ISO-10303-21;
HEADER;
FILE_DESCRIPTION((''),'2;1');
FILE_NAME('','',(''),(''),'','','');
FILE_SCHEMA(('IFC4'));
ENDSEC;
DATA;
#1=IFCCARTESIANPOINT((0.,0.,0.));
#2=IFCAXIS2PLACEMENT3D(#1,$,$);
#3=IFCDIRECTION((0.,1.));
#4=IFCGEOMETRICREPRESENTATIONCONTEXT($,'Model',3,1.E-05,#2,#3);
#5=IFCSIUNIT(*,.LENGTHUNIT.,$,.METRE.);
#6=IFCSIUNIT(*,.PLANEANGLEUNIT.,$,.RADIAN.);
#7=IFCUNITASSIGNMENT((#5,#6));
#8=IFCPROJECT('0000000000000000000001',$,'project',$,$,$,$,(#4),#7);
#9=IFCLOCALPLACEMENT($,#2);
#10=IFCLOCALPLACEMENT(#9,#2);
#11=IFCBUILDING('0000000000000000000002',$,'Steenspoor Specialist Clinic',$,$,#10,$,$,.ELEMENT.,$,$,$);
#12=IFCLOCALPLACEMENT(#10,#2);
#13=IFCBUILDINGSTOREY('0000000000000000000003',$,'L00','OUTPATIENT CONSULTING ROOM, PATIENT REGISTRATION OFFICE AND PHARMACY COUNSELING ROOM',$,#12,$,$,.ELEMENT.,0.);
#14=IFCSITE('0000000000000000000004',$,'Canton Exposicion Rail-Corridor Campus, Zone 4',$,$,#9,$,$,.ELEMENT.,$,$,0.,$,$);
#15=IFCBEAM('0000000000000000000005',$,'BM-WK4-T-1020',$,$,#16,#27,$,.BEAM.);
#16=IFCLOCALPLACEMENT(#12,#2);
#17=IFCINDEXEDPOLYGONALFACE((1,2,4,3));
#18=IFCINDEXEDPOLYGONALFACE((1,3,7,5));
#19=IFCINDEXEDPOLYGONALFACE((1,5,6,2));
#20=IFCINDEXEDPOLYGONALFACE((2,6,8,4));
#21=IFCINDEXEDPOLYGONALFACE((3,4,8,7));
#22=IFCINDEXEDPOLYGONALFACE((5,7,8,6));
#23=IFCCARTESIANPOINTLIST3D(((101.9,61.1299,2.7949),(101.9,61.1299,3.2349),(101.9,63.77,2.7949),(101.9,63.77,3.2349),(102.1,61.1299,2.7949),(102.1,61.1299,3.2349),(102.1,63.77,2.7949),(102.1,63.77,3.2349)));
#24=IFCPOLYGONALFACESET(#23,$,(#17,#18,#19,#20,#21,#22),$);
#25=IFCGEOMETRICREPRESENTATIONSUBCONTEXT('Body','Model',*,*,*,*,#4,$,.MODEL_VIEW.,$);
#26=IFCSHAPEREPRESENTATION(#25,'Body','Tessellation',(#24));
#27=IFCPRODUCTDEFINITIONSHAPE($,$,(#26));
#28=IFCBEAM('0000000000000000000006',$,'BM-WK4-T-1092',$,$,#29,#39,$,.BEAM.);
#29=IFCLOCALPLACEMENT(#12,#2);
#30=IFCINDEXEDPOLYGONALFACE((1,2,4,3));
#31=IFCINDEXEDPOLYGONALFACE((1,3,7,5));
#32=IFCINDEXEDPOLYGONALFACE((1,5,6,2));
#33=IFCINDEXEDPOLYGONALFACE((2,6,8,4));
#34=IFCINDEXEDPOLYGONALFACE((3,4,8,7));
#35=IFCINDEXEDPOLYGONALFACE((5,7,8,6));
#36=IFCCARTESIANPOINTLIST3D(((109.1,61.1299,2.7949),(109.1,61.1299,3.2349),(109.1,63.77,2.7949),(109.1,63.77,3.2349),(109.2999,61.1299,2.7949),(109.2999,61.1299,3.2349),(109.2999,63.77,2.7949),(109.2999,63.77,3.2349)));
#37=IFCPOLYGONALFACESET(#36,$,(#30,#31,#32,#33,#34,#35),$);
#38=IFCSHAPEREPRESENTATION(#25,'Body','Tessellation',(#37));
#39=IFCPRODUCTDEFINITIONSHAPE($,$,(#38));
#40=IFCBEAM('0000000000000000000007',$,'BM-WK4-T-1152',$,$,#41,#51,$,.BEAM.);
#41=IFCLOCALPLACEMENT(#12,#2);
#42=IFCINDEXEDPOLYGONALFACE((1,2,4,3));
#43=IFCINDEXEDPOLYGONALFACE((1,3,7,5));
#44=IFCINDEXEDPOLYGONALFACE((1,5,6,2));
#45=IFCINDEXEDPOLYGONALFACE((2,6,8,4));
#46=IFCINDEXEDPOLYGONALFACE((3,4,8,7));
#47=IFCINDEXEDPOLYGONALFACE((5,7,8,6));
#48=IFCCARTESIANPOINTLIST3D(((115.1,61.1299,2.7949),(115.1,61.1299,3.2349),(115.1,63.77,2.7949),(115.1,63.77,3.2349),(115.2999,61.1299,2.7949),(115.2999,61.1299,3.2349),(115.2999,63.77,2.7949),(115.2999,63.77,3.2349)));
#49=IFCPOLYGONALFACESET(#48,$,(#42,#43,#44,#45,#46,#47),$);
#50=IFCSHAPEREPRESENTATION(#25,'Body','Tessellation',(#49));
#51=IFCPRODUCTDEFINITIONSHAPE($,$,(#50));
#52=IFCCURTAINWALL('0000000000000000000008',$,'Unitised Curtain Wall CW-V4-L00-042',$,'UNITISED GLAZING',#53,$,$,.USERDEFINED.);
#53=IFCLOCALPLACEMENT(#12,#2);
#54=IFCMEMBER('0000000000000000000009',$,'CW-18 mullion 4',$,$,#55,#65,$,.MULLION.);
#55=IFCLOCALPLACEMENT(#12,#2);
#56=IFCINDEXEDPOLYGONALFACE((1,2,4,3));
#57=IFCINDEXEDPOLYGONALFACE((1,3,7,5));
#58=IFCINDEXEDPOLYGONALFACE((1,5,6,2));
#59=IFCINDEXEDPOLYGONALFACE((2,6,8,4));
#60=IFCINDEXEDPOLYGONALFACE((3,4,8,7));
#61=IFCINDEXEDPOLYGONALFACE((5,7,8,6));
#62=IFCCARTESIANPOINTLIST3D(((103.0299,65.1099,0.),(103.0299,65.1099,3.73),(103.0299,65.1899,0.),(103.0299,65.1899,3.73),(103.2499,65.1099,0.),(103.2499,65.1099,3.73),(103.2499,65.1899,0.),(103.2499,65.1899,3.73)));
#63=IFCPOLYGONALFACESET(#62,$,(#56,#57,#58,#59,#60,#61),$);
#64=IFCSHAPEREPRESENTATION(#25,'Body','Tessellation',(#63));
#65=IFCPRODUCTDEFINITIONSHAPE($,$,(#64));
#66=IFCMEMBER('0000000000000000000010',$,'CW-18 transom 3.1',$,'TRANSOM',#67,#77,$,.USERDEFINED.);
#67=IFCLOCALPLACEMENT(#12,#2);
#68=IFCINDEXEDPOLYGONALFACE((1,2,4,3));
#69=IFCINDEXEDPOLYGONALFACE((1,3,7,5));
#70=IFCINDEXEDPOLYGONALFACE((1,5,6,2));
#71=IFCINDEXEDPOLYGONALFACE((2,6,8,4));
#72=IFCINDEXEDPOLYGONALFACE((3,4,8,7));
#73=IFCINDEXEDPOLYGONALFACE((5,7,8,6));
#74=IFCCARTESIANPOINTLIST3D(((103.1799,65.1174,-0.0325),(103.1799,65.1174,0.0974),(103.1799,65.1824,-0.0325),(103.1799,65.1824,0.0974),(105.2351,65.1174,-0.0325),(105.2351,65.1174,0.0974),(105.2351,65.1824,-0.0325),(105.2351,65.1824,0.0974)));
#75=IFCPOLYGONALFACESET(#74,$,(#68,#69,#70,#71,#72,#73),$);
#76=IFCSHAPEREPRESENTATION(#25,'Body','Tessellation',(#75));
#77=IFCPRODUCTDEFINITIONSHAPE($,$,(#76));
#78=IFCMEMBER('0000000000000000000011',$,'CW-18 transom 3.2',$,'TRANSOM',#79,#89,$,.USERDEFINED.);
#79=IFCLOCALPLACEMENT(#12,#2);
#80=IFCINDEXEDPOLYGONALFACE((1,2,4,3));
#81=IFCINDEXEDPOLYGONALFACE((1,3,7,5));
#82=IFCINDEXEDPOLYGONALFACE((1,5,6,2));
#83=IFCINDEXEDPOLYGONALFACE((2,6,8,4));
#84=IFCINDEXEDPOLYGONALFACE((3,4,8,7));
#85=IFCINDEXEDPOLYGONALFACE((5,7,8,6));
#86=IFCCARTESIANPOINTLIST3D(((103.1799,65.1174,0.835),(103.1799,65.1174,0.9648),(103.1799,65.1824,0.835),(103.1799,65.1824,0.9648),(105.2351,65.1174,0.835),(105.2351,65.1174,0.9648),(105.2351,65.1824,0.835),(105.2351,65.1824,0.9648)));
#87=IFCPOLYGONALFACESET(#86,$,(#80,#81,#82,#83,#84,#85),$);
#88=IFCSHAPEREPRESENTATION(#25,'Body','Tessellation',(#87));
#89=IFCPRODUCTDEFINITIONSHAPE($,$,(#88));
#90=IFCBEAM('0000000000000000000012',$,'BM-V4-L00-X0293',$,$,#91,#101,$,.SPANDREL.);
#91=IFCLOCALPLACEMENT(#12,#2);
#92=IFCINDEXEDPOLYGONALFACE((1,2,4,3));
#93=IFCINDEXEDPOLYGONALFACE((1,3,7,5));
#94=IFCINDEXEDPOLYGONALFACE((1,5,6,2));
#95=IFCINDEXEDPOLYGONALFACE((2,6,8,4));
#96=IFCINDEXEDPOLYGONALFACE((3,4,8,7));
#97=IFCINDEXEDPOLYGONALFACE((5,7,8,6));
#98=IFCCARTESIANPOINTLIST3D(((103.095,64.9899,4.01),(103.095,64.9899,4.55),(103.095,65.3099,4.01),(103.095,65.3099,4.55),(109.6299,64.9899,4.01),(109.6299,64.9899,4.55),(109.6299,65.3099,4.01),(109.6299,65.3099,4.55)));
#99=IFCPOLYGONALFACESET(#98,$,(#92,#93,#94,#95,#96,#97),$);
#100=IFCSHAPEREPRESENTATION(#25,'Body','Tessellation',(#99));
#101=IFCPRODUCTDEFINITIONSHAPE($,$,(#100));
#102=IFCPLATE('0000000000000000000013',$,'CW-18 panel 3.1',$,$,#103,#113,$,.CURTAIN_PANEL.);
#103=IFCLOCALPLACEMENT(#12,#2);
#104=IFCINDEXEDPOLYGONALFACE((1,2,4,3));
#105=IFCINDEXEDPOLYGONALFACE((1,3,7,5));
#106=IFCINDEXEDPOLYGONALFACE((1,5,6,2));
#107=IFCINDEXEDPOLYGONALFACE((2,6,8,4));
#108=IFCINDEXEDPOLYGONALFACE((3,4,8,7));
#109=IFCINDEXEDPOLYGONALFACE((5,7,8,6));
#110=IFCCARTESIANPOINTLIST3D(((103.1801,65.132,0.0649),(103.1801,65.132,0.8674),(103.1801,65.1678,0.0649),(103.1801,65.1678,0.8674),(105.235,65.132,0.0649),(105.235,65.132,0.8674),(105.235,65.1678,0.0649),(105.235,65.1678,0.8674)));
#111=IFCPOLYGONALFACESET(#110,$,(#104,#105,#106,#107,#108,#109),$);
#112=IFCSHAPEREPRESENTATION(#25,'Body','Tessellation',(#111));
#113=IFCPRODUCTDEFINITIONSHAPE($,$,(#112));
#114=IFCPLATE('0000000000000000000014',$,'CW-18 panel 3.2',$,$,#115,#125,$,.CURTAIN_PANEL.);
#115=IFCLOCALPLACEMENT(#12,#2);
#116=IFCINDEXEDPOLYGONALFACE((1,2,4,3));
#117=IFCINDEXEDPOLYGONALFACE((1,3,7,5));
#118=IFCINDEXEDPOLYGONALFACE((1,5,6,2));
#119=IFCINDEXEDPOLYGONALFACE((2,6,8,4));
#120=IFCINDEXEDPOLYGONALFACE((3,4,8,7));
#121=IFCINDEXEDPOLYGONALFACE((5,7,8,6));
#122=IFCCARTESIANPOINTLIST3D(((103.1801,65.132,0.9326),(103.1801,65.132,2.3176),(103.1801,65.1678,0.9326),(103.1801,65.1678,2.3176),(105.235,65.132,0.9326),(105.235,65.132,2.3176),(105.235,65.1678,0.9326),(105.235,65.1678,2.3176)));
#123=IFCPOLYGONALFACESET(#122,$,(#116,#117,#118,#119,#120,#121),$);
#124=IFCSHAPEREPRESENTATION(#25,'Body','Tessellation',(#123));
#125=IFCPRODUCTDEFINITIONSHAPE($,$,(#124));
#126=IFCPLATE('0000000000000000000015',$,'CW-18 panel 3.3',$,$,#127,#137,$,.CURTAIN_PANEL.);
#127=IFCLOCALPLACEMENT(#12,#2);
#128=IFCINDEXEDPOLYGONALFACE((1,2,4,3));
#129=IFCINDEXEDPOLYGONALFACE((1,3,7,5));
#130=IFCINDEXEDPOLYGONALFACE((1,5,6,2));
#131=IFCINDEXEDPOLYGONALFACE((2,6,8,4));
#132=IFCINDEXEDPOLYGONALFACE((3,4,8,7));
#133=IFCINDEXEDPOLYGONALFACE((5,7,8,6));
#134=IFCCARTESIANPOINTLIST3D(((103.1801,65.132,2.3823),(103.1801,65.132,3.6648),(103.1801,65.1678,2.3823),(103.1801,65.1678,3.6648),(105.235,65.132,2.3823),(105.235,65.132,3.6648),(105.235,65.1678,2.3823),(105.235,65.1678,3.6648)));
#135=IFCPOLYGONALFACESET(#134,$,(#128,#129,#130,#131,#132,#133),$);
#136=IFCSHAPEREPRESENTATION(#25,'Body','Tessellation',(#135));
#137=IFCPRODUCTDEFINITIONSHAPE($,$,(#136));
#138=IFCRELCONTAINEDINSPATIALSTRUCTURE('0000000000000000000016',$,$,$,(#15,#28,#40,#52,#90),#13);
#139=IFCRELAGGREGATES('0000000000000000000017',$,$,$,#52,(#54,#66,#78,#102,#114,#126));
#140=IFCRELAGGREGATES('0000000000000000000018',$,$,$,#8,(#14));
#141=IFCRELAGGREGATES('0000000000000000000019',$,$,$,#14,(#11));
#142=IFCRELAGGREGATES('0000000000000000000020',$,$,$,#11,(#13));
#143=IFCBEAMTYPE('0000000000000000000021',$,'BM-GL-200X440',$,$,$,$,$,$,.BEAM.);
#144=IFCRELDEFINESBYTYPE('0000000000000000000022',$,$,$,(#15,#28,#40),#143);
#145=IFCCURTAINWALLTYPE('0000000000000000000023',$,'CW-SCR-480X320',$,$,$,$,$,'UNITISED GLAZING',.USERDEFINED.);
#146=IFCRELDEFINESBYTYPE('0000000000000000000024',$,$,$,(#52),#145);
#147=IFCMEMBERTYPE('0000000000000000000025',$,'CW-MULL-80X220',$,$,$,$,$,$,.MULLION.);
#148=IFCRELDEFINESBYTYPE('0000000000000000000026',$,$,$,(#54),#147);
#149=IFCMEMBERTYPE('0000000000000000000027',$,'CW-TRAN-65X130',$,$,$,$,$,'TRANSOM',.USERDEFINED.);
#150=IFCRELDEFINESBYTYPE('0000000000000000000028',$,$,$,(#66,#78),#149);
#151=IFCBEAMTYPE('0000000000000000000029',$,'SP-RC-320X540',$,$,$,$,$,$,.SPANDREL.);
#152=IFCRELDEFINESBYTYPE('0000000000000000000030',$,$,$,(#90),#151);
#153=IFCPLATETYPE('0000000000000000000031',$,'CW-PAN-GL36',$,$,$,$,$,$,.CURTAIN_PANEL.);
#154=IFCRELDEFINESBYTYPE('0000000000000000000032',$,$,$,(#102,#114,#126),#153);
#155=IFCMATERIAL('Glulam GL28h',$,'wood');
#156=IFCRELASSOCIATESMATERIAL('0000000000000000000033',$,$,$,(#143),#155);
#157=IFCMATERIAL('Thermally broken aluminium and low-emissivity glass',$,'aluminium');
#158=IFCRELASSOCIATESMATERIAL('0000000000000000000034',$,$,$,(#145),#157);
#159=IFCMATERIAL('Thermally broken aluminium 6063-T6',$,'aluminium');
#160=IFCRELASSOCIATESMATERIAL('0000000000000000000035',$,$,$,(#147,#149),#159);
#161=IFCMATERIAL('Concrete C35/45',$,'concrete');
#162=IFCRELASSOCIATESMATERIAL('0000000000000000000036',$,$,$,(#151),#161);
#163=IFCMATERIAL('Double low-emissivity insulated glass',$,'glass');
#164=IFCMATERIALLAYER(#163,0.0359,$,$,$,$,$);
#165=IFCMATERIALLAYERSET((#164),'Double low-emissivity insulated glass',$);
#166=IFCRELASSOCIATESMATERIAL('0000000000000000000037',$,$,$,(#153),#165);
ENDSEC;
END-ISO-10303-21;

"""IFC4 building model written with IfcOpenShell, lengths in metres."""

from ifc_helpers import new_model, si_unit, direction, frame, origin, origin_2d, place, context, subcontext, project, spatial, rectangle, extrude, material, layer, layer_set, material_profile, profile_set, type_object, element, aggregate, save


model = new_model("IFC4")

# Units and contexts
model_context = context("Model", 3, precision=1e-05, world=origin(), true_north=direction((0.0, 1.0)))
body_context = subcontext(model_context, "Body", "Model", "MODEL_VIEW")
ifc_project = project(units=[si_unit("LENGTHUNIT", "METRE"), si_unit("PLANEANGLEUNIT", "RADIAN")], contexts=[model_context])

# Site, building, storey
site_placement = place(None, origin())
site = spatial("IfcSite", under=ifc_project, at=site_placement, Name="Canton Exposicion Rail-Corridor Campus, Zone 4", CompositionType="ELEMENT", RefElevation=0.0)
building_placement = place(site_placement, origin())
building = spatial("IfcBuilding", under=site, at=building_placement, Name="Steenspoor Specialist Clinic", CompositionType="ELEMENT")
storey_placement = place(building_placement, origin())
storey = spatial("IfcBuildingStorey", under=building, at=storey_placement, Name="L00", Description="OUTPATIENT CONSULTING ROOM, PATIENT REGISTRATION OFFICE AND PHARMACY COUNSELING ROOM", CompositionType="ELEMENT", Elevation=0.0)

# Shared definitions
ifc_material_1 = material(Name="Concrete C35/45", Category="concrete")

# Shared definitions
ifc_material_2 = material(Name="Glulam GL28h", Category="wood")

# Beams
ifc_material_profile_1 = material_profile(ifc_material_2, rectangle(XDim=0.2, YDim=0.4399, at=origin_2d()), Name="GL28H-200X440")
ifc_profile_set_1 = profile_set([ifc_material_profile_1], Name="Glulam GL28h")
beam_type_1 = type_object("IfcBeamType", Name="BM-GL-200X440", PredefinedType="BEAM", material=ifc_profile_set_1)
for number, where, z_axis, x_axis, name in (
    (1, (102.0, 61.1299, 3.0149), (0.0, 1.0, 0.0), (-1.0, 0.0, 0.0), "BM-WK4-T-1020"),
    (2, (109.2, 61.1299, 3.0149), (0.0, 1.0, 0.0), (-1.0, 0.0, 0.0), "BM-WK4-T-1092"),
    (3, (115.2, 61.1299, 3.0149), (0.0, 1.0, 0.0), (-1.0, 0.0, 0.0), "BM-WK4-T-1152"),
):
    element("IfcBeam", number, at=place(storey_placement, frame(where, z_axis=z_axis, x_axis=x_axis)), inside=storey, type_object=beam_type_1, Name=name, PredefinedType="BEAM", context=body_context, shape_type="SweptSolid", body=[
        extrude(rectangle(XDim=0.2, YDim=0.4399, at=origin_2d()), origin(), (0.0, 0.0, 1.0), 2.6401),
    ])

# Curtain wall, members
ifc_material_3 = material(Name="Thermally broken aluminium and low-emissivity glass", Category="aluminium")
curtain_wall_type = type_object("IfcCurtainWallType", Name="CW-SCR-480X320", ElementType="UNITISED GLAZING", PredefinedType="USERDEFINED", material=ifc_material_3)
curtain_wall_placement = place(storey_placement, origin())
curtain_wall = element("IfcCurtainWall", 4, at=curtain_wall_placement, inside=storey, type_object=curtain_wall_type, Name="Unitised Curtain Wall CW-V4-L00-042", ObjectType="UNITISED GLAZING", PredefinedType="USERDEFINED")
ifc_material_4 = material(Name="Thermally broken aluminium 6063-T6", Category="aluminium")
ifc_material_profile_2 = material_profile(ifc_material_4, rectangle(XDim=0.0801, YDim=0.22, at=origin_2d()), Name="CWM-80X220")
ifc_profile_set_2 = profile_set([ifc_material_profile_2], Name="Thermally broken aluminium 6063-T6")
member_type_1 = type_object("IfcMemberType", Name="CW-MULL-80X220", PredefinedType="MULLION", material=ifc_profile_set_2)
member_1_placement = place(storey_placement, frame((103.1399, 65.1499, 0.0), z_axis=(0.0, 0.0, 1.0), x_axis=(0.0, -1.0, 0.0)))
member_1 = element("IfcMember", 5, at=member_1_placement, type_object=member_type_1, Name="CW-18 mullion 4", PredefinedType="MULLION", context=body_context, shape_type="SweptSolid", body=[
    extrude(rectangle(XDim=0.0801, YDim=0.22, at=origin_2d()), origin(), (0.0, 0.0, 1.0), 3.73),
])
ifc_material_profile_3 = material_profile(ifc_material_4, rectangle(XDim=0.0649, YDim=0.1299, at=origin_2d()), Name="CWT-65X130")
ifc_profile_set_3 = profile_set([ifc_material_profile_3], Name="Thermally broken aluminium 6063-T6")
member_type_2 = type_object("IfcMemberType", Name="CW-TRAN-65X130", ElementType="TRANSOM", PredefinedType="USERDEFINED", material=ifc_profile_set_3)
member_2_placement = place(storey_placement, frame((105.2351, 65.1499, 0.0325), z_axis=(-1.0, 0.0, 0.0), x_axis=(0.0, -1.0, 0.0)))
member_2 = element("IfcMember", 6, at=member_2_placement, type_object=member_type_2, Name="CW-18 transom 3.1", ObjectType="TRANSOM", PredefinedType="USERDEFINED", context=body_context, shape_type="SweptSolid", body=[
    extrude(rectangle(XDim=0.0649, YDim=0.1299, at=origin_2d()), origin(), (0.0, 0.0, 1.0), 2.0552),
])
member_3_placement = place(storey_placement, frame((105.2351, 65.1499, 0.8999), z_axis=(-1.0, 0.0, 0.0), x_axis=(0.0, -1.0, 0.0)))
member_3 = element("IfcMember", 7, at=member_3_placement, type_object=member_type_2, Name="CW-18 transom 3.2", ObjectType="TRANSOM", PredefinedType="USERDEFINED", context=body_context, shape_type="SweptSolid", body=[
    extrude(rectangle(XDim=0.0649, YDim=0.1299, at=origin_2d()), origin(), (0.0, 0.0, 1.0), 2.0552),
])

# Beam
ifc_material_profile_4 = material_profile(ifc_material_1, rectangle(XDim=0.3201, YDim=0.54, at=origin_2d()), Name="RC-SP-320X540")
ifc_profile_set_4 = profile_set([ifc_material_profile_4], Name="Concrete C35/45")
beam_type_2 = type_object("IfcBeamType", Name="SP-RC-320X540", PredefinedType="SPANDREL", material=ifc_profile_set_4)
beam_placement = place(storey_placement, frame((103.095, 65.1499, 4.28), z_axis=(1.0, 0.0, 0.0), x_axis=(0.0, 1.0, 0.0)))
element("IfcBeam", 8, at=beam_placement, inside=storey, type_object=beam_type_2, Name="BM-V4-L00-X0293", PredefinedType="SPANDREL", context=body_context, shape_type="SweptSolid", body=[
    extrude(rectangle(XDim=0.3201, YDim=0.54, at=origin_2d()), origin(), (0.0, 0.0, 1.0), 6.5349),
])

# Plates
ifc_material_5 = material(Name="Double low-emissivity insulated glass", Category="glass")
ifc_layer_1 = layer(ifc_material_5, 0.0359)
ifc_layer_set_1 = layer_set([ifc_layer_1], Name="Double low-emissivity insulated glass")
plate_type = type_object("IfcPlateType", Name="CW-PAN-GL36", PredefinedType="CURTAIN_PANEL", material=ifc_layer_set_1)
plate_1_placement = place(storey_placement, frame((104.2075, 65.1499, 0.0649), z_axis=(0.0, 0.0, 1.0), x_axis=(-1.0, 0.0, 0.0)))
plate_1 = element("IfcPlate", 9, at=plate_1_placement, type_object=plate_type, Name="CW-18 panel 3.1", PredefinedType="CURTAIN_PANEL", context=body_context, shape_type="SweptSolid", body=[
    extrude(rectangle(XDim=2.0549, YDim=0.0359, at=origin_2d()), origin(), (0.0, 0.0, 1.0), 0.8025),
])
plate_2_placement = place(storey_placement, frame((104.2075, 65.1499, 0.9326), z_axis=(0.0, 0.0, 1.0), x_axis=(-1.0, 0.0, 0.0)))
plate_2 = element("IfcPlate", 10, at=plate_2_placement, type_object=plate_type, Name="CW-18 panel 3.2", PredefinedType="CURTAIN_PANEL", context=body_context, shape_type="SweptSolid", body=[
    extrude(rectangle(XDim=2.0549, YDim=0.0359, at=origin_2d()), origin(), (0.0, 0.0, 1.0), 1.385),
])
plate_3_placement = place(storey_placement, frame((104.2075, 65.1499, 2.3823), z_axis=(0.0, 0.0, 1.0), x_axis=(-1.0, 0.0, 0.0)))
plate_3 = element("IfcPlate", 11, at=plate_3_placement, type_object=plate_type, Name="CW-18 panel 3.3", PredefinedType="CURTAIN_PANEL", context=body_context, shape_type="SweptSolid", body=[
    extrude(rectangle(XDim=2.0549, YDim=0.0359, at=origin_2d()), origin(), (0.0, 0.0, 1.0), 1.2825),
])
aggregate(curtain_wall, [member_1, member_2, member_3, plate_1, plate_2, plate_3])

save(model, "model.ifc")
